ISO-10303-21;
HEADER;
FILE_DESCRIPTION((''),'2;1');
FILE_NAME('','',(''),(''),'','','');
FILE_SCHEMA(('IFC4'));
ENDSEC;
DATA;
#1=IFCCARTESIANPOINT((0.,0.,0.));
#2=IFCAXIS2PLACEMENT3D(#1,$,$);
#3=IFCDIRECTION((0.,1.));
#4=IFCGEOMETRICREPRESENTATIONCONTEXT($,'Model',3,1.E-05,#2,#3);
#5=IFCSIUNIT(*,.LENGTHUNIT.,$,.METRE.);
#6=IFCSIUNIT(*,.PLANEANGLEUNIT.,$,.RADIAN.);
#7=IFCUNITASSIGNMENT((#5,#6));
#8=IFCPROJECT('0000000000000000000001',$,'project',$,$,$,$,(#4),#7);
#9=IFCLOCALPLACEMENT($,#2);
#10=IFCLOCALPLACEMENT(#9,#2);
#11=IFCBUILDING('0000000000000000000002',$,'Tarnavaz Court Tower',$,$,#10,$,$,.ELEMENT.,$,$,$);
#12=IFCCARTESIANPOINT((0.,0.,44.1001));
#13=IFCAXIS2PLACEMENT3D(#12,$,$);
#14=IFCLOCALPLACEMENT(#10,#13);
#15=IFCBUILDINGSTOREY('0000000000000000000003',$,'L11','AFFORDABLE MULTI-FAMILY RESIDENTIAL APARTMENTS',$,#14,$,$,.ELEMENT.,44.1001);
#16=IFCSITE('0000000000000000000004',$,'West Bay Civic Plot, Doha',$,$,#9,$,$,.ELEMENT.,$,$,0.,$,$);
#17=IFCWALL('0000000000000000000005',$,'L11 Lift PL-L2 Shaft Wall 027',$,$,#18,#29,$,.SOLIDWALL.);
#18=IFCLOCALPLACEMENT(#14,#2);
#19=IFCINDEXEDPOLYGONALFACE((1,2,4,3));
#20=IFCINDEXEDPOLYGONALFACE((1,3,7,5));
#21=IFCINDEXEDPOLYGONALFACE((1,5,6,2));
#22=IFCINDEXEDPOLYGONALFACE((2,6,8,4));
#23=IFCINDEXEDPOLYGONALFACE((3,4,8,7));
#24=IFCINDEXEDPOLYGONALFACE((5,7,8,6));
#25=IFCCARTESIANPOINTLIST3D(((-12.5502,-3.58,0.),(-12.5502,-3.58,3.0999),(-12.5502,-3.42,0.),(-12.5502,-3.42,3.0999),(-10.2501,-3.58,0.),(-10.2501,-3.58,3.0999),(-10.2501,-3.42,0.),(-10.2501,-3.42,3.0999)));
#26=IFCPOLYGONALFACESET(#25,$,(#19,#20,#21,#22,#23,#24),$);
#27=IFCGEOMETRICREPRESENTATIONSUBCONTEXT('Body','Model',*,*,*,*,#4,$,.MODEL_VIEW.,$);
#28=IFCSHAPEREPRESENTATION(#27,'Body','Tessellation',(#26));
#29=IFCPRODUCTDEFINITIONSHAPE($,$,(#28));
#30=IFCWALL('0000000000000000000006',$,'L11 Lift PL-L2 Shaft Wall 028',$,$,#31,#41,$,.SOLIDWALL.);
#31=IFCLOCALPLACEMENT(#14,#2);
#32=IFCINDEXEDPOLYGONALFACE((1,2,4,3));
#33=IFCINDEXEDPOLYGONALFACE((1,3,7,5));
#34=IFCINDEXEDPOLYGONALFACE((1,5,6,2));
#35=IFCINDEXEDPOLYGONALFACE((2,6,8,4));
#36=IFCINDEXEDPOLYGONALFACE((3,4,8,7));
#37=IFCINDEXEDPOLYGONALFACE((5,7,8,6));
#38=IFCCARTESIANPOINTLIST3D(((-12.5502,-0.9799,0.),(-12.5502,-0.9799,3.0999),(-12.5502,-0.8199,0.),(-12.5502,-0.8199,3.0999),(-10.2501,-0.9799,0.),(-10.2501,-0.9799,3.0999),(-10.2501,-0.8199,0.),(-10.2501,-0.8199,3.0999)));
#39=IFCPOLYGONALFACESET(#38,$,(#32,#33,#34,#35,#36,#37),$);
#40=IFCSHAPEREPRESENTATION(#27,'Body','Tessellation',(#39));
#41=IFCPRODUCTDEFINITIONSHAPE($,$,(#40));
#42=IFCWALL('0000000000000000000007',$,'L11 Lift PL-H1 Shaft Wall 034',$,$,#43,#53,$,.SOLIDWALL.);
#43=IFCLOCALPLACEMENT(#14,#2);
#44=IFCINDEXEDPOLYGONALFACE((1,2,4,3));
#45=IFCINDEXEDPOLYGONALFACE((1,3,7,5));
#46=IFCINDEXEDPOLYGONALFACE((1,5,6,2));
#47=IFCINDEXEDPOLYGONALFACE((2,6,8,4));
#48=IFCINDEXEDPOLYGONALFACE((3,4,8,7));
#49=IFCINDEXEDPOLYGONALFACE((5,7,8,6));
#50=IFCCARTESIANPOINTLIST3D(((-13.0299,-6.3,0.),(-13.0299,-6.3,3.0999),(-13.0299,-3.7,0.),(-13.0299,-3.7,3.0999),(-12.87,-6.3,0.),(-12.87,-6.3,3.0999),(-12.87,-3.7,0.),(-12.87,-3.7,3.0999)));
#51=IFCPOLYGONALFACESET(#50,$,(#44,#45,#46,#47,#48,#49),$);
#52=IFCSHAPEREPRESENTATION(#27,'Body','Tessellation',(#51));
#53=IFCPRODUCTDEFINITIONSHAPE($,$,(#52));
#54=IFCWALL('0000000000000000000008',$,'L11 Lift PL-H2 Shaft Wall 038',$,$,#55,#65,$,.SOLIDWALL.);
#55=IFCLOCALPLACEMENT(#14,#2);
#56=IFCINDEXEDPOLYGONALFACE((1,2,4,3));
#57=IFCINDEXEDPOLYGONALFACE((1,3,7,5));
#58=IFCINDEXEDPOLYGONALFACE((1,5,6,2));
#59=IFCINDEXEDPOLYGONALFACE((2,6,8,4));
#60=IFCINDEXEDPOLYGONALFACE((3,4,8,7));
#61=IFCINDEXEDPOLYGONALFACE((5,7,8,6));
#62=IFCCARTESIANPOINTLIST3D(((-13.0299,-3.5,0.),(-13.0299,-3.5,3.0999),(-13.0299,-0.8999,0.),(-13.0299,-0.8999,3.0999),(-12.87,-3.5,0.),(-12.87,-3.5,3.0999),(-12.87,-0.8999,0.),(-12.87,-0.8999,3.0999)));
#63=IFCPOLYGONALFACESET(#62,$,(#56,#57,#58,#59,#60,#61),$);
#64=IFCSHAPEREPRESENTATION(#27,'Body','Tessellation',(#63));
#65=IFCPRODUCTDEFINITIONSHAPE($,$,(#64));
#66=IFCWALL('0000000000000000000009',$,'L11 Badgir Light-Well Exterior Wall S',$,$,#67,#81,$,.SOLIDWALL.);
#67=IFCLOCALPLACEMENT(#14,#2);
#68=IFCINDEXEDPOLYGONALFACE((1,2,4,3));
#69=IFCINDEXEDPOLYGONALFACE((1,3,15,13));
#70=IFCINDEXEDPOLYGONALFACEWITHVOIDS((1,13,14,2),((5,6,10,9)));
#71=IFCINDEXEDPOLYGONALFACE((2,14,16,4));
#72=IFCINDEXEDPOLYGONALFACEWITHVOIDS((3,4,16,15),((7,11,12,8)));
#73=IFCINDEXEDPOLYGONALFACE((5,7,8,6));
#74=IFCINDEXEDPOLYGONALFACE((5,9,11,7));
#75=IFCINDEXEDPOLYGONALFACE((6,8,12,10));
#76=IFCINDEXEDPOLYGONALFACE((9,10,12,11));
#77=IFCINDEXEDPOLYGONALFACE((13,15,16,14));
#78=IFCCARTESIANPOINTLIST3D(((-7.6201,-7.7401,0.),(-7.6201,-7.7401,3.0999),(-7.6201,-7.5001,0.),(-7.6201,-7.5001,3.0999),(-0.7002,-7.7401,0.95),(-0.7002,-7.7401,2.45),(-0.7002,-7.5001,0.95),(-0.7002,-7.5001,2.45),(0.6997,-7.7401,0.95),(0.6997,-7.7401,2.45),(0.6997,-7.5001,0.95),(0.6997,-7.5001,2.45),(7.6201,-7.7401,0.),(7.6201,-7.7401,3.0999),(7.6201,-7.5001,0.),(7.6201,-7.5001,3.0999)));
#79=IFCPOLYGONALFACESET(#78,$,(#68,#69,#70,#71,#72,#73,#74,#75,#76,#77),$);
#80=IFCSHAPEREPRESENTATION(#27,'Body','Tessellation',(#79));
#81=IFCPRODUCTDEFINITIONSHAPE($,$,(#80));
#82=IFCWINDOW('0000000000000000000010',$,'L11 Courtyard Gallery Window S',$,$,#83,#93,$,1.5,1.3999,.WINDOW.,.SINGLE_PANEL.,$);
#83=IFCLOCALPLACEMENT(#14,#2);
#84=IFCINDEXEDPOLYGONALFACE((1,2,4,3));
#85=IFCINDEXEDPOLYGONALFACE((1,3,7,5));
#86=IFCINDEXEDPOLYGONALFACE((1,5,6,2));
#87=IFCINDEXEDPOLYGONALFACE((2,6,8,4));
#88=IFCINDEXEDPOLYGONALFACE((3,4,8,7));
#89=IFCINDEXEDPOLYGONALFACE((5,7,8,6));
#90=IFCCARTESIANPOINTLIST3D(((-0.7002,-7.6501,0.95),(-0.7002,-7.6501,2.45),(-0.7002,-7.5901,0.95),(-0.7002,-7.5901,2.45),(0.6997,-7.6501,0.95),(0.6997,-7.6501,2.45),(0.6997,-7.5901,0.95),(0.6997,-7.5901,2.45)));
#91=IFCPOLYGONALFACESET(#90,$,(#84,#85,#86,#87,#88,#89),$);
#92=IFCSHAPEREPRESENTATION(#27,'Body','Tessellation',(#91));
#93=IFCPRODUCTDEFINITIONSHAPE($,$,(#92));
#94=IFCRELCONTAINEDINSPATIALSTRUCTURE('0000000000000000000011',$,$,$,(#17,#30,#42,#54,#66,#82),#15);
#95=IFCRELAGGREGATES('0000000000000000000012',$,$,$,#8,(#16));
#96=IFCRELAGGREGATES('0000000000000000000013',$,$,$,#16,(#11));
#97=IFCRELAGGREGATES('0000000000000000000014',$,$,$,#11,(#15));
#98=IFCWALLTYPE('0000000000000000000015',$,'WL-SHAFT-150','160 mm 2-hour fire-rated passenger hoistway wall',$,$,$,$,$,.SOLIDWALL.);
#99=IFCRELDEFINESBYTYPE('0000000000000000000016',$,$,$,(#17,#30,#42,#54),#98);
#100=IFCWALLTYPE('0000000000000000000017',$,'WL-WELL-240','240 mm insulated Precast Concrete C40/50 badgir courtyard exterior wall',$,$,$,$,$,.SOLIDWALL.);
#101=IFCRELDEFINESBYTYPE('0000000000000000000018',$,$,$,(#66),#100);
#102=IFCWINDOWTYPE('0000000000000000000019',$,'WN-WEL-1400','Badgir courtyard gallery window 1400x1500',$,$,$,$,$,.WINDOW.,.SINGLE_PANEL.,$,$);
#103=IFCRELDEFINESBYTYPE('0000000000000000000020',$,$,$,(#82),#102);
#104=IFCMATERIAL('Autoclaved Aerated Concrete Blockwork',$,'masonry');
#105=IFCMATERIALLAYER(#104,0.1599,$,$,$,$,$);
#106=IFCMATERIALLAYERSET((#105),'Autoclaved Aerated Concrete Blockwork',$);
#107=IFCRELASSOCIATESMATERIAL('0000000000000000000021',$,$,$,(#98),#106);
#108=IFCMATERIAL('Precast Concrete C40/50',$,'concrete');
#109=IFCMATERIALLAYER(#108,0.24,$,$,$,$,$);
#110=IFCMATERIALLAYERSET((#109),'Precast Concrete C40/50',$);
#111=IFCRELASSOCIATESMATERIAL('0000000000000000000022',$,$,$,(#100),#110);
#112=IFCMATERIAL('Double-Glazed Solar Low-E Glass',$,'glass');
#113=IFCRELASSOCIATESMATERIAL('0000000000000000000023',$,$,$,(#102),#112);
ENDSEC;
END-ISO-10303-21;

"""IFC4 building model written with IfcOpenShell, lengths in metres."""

from ifc_helpers import new_model, si_unit, direction, frame, frame_2d, origin, place, context, subcontext, project, spatial, rectangle, extrude, material, layer, layer_set, type_object, element, fill, save


model = new_model("IFC4")

# Units and contexts
model_context = context("Model", 3, precision=1e-05, world=origin(), true_north=direction((0.0, 1.0)))
body_context = subcontext(model_context, "Body", "Model", "MODEL_VIEW")
ifc_project = project(units=[si_unit("LENGTHUNIT", "METRE"), si_unit("PLANEANGLEUNIT", "RADIAN")], contexts=[model_context])

# Site, building, storey
site_placement = place(None, origin())
site = spatial("IfcSite", under=ifc_project, at=site_placement, Name="West Bay Civic Plot, Doha", CompositionType="ELEMENT", RefElevation=0.0)
building_placement = place(site_placement, origin())
building = spatial("IfcBuilding", under=site, at=building_placement, Name="Tarnavaz Court Tower", CompositionType="ELEMENT")
storey_placement = place(building_placement, frame((0.0, 0.0, 44.1001)))
storey = spatial("IfcBuildingStorey", under=building, at=storey_placement, Name="L11", Description="AFFORDABLE MULTI-FAMILY RESIDENTIAL APARTMENTS", CompositionType="ELEMENT", Elevation=44.1001)

# Shared definitions
ifc_material_1 = material(Name="Autoclaved Aerated Concrete Blockwork", Category="masonry")
ifc_layer_1 = layer(ifc_material_1, 0.1599)
ifc_layer_set_1 = layer_set([ifc_layer_1], Name="Autoclaved Aerated Concrete Blockwork")
wall_type_1 = type_object("IfcWallType", Name="WL-SHAFT-150", Description="160 mm 2-hour fire-rated passenger hoistway wall", PredefinedType="SOLIDWALL", material=ifc_layer_set_1)

# Walls
for number, where, z_axis, x_axis, name in (
    (1, (-12.55, -3.5, 0.0), (0.0, 0.0, 1.0), (1.0, 0.0, 0.0), "L11 Lift PL-L2 Shaft Wall 027"),
    (2, (-12.55, -0.8999, 0.0), (0.0, 0.0, 1.0), (1.0, 0.0, 0.0), "L11 Lift PL-L2 Shaft Wall 028"),
):
    element("IfcWall", number, at=place(storey_placement, frame(where, z_axis=z_axis, x_axis=x_axis)), inside=storey, type_object=wall_type_1, Name=name, PredefinedType="SOLIDWALL", context=body_context, shape_type="SweptSolid", body=[
        extrude(rectangle(XDim=2.3, YDim=0.1599, at=frame_2d((1.1499, 0.0))), origin(), (0.0, 0.0, 1.0), 3.0999),
    ])
for number, where, z_axis, x_axis, name in (
    (3, (-12.95, -6.3, 0.0), (0.0, 0.0, 1.0), (0.0, 1.0, 0.0), "L11 Lift PL-H1 Shaft Wall 034"),
    (4, (-12.95, -3.5, 0.0), (0.0, 0.0, 1.0), (0.0, 1.0, 0.0), "L11 Lift PL-H2 Shaft Wall 038"),
):
    element("IfcWall", number, at=place(storey_placement, frame(where, z_axis=z_axis, x_axis=x_axis)), inside=storey, type_object=wall_type_1, Name=name, PredefinedType="SOLIDWALL", context=body_context, shape_type="SweptSolid", body=[
        extrude(rectangle(XDim=2.6001, YDim=0.1599, at=frame_2d((1.3, 0.0))), origin(), (0.0, 0.0, 1.0), 3.0999),
    ])

# Wall, opening, window
ifc_material_2 = material(Name="Precast Concrete C40/50", Category="concrete")
ifc_layer_2 = layer(ifc_material_2, 0.24)
ifc_layer_set_2 = layer_set([ifc_layer_2], Name="Precast Concrete C40/50")
wall_type_2 = type_object("IfcWallType", Name="WL-WELL-240", Description="240 mm insulated Precast Concrete C40/50 badgir courtyard exterior wall", PredefinedType="SOLIDWALL", material=ifc_layer_set_2)
wall_1_placement = place(storey_placement, frame((-7.6201, -7.6201, 0.0), z_axis=(0.0, 0.0, 1.0), x_axis=(1.0, 0.0, 0.0)))
wall_1 = element("IfcWall", 5, at=wall_1_placement, inside=storey, type_object=wall_type_2, Name="L11 Badgir Light-Well Exterior Wall S", PredefinedType="SOLIDWALL", context=body_context, shape_type="SweptSolid", body=[
    extrude(rectangle(XDim=15.2402, YDim=0.24, at=frame_2d((7.6201, 0.0))), origin(), (0.0, 0.0, 1.0), 3.0999),
])
opening_1_placement = place(wall_1_placement, frame((6.9199, 0.0, 0.95)))
opening_1 = element("IfcOpeningElement", 6, at=opening_1_placement, cuts=wall_1, PredefinedType="OPENING", context=body_context, shape_type="SweptSolid", body=[
    extrude(rectangle(XDim=1.3999, YDim=1.5, at=frame_2d((0.7, 0.75))), frame((0.0, 0.1299, 0.0), z_axis=(0.0, -1.0, 0.0), x_axis=(1.0, 0.0, 0.0)), (0.0, 0.0, 1.0), 0.26),
])
ifc_material_3 = material(Name="Double-Glazed Solar Low-E Glass", Category="glass")
window_type = type_object("IfcWindowType", Name="WN-WEL-1400", Description="Badgir courtyard gallery window 1400x1500", PartitioningType="SINGLE_PANEL", PredefinedType="WINDOW", material=ifc_material_3)
window_placement = place(opening_1_placement, origin())
window = element("IfcWindow", 7, at=window_placement, inside=storey, type_object=window_type, Name="L11 Courtyard Gallery Window S", OverallHeight=1.5, OverallWidth=1.3999, PartitioningType="SINGLE_PANEL", PredefinedType="WINDOW", context=body_context, shape_type="SweptSolid", body=[
    extrude(rectangle(XDim=1.3999, YDim=1.5, at=frame_2d((0.7, 0.75))), frame((0.0, 0.03, 0.0), z_axis=(0.0, -1.0, 0.0), x_axis=(1.0, 0.0, 0.0)), (0.0, 0.0, 1.0), 0.0601),
])
fill(opening_1, window)

save(model, "model.ifc")
